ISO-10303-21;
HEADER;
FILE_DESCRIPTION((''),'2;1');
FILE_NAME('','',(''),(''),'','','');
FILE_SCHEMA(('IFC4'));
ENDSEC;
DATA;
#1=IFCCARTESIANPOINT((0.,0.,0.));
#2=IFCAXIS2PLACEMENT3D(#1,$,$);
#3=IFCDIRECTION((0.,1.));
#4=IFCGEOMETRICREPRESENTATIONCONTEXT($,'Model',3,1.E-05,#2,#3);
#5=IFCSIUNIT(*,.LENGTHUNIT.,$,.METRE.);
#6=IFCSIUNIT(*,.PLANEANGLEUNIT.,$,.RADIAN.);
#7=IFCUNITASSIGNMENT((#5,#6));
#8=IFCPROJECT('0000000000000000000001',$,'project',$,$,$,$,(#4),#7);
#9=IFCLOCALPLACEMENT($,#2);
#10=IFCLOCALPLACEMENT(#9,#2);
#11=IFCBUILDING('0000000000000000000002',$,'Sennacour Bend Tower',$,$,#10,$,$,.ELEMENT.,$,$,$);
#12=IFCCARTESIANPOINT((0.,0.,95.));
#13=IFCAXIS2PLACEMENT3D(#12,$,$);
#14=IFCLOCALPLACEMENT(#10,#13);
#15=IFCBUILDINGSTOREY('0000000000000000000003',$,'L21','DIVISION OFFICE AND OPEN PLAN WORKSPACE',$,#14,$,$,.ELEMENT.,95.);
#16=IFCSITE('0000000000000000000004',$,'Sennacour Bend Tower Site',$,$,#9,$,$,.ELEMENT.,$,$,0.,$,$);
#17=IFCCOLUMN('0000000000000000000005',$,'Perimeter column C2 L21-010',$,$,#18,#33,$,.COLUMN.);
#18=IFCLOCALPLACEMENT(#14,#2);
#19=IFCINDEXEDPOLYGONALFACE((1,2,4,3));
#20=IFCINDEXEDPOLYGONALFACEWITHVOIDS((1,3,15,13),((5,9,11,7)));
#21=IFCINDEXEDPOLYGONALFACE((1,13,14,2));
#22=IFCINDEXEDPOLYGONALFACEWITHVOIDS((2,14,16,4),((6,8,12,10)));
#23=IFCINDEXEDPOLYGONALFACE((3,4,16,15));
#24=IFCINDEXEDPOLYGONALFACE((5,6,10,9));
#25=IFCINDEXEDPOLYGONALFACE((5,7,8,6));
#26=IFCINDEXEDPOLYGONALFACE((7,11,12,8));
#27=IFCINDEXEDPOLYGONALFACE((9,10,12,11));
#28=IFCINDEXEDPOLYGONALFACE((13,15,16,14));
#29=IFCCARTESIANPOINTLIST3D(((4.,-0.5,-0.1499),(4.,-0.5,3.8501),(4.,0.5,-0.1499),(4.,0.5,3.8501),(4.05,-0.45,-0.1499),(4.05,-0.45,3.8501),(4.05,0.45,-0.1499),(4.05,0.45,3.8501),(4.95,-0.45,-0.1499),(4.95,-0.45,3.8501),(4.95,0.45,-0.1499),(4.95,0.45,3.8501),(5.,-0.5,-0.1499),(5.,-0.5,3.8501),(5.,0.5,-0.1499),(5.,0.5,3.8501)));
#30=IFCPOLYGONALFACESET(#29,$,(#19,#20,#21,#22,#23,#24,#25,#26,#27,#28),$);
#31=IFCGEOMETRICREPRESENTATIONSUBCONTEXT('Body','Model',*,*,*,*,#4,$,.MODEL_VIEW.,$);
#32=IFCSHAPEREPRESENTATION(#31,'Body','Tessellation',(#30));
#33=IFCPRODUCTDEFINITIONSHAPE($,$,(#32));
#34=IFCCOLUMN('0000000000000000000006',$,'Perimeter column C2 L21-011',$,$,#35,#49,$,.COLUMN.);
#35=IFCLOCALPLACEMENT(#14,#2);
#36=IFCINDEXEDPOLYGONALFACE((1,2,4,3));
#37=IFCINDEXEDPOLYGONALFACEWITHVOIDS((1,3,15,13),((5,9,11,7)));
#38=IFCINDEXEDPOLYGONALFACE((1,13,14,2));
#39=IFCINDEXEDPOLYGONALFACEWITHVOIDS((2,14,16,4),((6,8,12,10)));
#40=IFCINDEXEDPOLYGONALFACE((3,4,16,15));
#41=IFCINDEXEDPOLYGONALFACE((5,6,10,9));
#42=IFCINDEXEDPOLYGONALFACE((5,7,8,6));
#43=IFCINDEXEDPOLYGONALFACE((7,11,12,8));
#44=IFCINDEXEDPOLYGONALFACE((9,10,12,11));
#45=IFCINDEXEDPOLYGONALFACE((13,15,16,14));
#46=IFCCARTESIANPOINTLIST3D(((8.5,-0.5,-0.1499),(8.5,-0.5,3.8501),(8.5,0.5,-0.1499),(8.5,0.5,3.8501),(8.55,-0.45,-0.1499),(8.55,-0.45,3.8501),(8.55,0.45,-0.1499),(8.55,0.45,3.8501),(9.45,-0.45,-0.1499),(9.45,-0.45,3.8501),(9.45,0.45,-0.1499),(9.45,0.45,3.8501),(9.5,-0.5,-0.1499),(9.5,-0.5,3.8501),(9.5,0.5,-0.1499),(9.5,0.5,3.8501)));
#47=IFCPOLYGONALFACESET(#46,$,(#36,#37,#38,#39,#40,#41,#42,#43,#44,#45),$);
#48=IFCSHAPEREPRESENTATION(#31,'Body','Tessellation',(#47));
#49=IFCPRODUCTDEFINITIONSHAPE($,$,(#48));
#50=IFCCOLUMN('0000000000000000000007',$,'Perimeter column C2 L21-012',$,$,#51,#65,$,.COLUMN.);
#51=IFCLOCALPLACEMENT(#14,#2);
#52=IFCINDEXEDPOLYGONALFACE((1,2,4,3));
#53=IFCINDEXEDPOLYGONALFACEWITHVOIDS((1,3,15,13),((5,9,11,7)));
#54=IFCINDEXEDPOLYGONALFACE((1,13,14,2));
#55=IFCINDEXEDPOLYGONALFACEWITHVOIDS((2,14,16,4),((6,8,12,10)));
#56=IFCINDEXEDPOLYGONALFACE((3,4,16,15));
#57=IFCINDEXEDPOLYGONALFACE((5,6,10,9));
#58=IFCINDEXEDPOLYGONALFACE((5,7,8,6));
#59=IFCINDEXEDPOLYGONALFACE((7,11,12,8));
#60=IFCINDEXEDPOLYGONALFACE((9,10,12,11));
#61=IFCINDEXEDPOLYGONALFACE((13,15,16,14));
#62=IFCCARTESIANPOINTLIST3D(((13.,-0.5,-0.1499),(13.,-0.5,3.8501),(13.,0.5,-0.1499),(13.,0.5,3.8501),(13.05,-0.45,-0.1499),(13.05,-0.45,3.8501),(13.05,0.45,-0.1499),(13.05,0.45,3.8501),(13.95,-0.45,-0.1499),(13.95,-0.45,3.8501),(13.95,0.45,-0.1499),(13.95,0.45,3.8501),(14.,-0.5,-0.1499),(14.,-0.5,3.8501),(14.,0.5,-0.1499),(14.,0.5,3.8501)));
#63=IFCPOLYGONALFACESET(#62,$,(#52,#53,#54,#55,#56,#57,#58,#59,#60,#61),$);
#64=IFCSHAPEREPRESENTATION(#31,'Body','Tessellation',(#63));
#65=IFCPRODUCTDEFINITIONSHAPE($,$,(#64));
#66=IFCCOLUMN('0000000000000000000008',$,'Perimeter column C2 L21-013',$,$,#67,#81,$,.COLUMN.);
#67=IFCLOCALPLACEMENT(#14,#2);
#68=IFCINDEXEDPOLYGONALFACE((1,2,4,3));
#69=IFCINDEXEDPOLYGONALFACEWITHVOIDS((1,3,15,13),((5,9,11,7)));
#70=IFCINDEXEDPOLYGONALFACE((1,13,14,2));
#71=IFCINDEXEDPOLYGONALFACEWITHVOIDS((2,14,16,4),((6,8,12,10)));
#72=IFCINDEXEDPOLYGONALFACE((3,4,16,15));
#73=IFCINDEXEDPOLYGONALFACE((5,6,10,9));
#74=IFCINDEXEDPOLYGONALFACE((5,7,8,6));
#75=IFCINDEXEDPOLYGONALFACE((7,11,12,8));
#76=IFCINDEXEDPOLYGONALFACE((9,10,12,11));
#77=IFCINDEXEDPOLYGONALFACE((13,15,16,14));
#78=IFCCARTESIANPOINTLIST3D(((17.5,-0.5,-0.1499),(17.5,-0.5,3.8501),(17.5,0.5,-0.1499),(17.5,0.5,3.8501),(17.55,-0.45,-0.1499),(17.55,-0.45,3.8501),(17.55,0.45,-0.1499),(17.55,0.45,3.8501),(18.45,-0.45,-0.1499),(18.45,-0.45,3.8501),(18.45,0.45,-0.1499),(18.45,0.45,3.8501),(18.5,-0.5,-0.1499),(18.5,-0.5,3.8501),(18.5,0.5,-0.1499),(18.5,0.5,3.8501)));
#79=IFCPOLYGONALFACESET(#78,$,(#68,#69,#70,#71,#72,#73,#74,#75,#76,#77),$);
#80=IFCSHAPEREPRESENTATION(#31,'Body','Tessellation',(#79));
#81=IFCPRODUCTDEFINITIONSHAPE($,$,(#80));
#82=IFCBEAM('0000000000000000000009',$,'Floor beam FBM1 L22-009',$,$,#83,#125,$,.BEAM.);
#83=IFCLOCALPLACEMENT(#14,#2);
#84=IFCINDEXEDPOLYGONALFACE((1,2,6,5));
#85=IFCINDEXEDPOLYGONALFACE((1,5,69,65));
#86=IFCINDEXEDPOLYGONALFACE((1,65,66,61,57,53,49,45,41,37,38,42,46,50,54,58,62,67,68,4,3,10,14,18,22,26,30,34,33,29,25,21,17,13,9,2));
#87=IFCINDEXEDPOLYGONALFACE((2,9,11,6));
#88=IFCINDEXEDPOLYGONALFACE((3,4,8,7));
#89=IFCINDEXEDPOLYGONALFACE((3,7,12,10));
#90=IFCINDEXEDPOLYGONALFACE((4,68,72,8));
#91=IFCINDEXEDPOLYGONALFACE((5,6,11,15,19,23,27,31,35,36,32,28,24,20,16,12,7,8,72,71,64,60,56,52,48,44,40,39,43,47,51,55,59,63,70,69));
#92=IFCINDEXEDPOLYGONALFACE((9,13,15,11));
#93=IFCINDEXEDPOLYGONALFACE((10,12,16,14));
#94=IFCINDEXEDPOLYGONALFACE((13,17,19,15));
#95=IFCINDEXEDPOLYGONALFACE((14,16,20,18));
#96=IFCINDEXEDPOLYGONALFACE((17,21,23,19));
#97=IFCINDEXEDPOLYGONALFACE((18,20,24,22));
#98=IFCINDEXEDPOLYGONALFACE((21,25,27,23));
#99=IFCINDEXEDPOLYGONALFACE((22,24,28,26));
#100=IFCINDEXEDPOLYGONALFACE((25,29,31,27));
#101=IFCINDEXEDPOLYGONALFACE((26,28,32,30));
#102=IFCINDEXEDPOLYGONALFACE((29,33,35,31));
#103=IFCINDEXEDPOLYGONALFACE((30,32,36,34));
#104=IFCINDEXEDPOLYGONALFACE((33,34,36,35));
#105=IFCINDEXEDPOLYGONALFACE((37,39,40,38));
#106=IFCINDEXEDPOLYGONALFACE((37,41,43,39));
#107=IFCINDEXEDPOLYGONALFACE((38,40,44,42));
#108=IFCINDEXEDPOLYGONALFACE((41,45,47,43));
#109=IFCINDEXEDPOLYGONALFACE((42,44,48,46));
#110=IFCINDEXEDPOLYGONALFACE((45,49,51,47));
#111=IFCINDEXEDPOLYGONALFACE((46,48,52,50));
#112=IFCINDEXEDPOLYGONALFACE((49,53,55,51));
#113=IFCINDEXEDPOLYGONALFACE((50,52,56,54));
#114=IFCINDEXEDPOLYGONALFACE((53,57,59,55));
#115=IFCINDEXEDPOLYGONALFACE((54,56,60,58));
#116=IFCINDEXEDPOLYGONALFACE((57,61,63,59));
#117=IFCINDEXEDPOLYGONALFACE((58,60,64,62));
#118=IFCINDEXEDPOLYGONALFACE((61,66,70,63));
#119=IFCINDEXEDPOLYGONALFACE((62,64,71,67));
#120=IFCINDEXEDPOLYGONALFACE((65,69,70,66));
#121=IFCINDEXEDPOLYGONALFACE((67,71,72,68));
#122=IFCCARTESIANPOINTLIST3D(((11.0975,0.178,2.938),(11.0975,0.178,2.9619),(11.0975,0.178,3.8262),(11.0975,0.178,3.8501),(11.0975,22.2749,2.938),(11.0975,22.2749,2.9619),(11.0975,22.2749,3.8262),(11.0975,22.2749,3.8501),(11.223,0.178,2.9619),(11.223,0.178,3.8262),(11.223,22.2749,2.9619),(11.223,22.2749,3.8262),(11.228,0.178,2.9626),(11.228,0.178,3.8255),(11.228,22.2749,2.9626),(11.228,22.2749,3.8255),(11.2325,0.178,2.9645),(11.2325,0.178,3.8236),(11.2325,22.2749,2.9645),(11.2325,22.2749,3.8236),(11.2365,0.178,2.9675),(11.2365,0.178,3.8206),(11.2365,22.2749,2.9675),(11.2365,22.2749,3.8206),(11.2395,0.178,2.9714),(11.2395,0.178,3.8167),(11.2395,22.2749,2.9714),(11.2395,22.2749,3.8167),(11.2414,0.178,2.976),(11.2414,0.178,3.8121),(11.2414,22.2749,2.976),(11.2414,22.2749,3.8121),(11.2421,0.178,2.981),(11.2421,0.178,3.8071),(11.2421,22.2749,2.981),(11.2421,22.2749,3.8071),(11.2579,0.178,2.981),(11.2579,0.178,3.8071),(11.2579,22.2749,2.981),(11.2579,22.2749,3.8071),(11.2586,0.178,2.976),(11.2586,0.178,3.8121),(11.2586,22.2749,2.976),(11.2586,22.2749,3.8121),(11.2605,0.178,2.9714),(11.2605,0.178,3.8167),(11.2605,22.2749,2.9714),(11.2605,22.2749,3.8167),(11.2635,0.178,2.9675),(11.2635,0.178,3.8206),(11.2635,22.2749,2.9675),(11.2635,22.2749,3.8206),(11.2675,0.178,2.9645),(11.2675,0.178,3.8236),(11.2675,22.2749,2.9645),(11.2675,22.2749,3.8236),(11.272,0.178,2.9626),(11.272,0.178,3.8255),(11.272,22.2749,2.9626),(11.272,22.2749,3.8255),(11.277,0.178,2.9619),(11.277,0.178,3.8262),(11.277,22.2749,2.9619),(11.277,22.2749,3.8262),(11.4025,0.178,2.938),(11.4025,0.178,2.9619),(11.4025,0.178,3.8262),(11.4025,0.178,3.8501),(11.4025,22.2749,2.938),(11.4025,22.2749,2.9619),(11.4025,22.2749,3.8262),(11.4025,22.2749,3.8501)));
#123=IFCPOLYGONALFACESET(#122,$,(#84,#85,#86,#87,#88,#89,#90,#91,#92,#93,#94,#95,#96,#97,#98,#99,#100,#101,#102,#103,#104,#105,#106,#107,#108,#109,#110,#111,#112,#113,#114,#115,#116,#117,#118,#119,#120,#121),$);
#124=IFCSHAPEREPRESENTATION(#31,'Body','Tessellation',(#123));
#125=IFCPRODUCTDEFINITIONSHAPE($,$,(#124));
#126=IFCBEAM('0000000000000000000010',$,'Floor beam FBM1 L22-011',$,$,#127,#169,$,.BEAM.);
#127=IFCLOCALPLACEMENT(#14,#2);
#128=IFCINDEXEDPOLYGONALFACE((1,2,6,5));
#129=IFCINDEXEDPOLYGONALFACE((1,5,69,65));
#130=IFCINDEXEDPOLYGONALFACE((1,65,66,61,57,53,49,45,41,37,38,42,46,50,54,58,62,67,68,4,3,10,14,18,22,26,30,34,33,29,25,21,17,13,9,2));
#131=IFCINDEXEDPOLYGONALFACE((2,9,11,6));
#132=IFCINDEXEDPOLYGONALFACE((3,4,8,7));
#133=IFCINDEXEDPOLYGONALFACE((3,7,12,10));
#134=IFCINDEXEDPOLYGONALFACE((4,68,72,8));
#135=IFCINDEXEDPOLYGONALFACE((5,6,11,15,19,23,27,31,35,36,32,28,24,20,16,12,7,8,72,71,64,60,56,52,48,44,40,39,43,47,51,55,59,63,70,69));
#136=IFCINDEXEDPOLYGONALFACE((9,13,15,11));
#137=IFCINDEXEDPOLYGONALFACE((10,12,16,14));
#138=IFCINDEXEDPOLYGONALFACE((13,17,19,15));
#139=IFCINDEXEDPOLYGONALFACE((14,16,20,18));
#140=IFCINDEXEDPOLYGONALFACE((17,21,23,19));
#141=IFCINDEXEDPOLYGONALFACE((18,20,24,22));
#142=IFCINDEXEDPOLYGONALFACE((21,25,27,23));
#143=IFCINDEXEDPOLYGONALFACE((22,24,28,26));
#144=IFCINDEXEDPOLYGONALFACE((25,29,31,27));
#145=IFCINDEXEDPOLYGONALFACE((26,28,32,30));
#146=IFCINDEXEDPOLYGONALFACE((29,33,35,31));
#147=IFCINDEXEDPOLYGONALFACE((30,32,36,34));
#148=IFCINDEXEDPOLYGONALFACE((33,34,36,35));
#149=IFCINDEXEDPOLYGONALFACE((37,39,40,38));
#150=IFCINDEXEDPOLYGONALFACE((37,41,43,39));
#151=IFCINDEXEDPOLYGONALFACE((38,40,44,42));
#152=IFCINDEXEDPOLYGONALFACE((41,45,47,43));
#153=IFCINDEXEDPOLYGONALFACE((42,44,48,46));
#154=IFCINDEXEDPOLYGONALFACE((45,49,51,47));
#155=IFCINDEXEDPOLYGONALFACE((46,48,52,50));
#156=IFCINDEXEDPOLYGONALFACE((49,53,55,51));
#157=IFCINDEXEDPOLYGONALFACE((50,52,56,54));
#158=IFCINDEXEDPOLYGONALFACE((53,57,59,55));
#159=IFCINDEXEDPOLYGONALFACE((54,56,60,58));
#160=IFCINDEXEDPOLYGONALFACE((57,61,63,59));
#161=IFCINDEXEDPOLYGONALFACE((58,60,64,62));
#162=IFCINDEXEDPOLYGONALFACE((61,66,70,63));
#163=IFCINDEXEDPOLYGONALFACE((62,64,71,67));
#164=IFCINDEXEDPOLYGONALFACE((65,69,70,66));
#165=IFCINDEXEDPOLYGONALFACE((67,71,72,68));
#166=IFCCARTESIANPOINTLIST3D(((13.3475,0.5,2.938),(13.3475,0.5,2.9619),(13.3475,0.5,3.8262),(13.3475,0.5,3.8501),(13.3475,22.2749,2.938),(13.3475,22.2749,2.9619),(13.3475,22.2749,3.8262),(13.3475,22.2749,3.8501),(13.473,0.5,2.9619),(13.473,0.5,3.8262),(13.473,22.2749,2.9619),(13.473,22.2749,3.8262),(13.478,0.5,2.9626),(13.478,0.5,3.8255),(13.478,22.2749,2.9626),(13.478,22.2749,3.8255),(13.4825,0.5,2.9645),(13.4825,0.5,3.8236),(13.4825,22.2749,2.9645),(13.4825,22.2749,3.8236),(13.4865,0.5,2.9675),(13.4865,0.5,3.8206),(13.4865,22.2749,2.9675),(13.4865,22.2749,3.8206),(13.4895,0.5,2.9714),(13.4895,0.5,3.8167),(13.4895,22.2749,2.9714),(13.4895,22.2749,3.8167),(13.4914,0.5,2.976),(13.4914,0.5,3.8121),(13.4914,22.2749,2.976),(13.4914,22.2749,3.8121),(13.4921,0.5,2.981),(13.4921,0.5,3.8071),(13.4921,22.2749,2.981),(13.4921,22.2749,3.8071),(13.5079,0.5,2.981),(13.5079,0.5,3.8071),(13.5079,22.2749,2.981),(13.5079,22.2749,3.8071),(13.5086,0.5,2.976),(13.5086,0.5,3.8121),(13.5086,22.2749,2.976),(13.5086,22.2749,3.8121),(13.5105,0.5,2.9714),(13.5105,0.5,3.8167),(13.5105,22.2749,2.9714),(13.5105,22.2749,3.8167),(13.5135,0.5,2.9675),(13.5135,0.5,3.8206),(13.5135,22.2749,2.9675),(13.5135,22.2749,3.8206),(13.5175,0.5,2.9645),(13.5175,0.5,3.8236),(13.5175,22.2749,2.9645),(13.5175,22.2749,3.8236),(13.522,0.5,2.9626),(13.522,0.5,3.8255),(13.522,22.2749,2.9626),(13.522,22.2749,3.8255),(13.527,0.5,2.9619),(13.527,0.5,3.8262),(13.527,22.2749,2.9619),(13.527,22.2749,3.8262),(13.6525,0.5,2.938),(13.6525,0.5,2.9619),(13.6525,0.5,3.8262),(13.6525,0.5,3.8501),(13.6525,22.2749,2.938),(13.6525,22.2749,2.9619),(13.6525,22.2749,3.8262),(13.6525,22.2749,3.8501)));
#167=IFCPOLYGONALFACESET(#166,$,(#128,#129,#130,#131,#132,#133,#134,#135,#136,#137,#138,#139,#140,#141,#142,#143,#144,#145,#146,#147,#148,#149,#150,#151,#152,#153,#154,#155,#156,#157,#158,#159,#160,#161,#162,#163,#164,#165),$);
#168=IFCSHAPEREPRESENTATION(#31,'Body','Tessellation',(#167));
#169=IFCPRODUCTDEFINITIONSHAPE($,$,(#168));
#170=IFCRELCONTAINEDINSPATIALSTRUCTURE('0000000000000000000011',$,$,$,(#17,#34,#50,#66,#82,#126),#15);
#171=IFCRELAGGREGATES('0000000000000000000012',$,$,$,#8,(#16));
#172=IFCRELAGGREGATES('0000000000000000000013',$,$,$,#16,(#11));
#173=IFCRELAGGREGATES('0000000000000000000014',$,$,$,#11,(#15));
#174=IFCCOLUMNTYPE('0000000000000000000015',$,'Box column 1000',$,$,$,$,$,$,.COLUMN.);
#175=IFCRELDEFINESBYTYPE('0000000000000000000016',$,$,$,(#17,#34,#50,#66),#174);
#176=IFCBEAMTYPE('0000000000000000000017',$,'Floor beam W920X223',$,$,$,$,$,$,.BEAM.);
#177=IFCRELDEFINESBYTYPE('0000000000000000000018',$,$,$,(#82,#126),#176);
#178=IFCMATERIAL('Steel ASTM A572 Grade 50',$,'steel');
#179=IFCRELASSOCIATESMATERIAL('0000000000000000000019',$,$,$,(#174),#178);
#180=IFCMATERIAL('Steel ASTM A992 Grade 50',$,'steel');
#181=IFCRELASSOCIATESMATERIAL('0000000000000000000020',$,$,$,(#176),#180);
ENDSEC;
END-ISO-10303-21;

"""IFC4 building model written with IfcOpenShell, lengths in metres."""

from ifc_helpers import new_model, si_unit, direction, frame, origin, origin_2d, place, context, subcontext, project, spatial, hollow_rectangle, i_section, extrude, material, material_profile, profile_set, type_object, element, save


model = new_model("IFC4")

# Units and contexts
model_context = context("Model", 3, precision=1e-05, world=origin(), true_north=direction((0.0, 1.0)))
body_context = subcontext(model_context, "Body", "Model", "MODEL_VIEW")
ifc_project = project(units=[si_unit("LENGTHUNIT", "METRE"), si_unit("PLANEANGLEUNIT", "RADIAN")], contexts=[model_context])

# Site, building, storey
site_placement = place(None, origin())
site = spatial("IfcSite", under=ifc_project, at=site_placement, Name="Sennacour Bend Tower Site", CompositionType="ELEMENT", RefElevation=0.0)
building_placement = place(site_placement, origin())
building = spatial("IfcBuilding", under=site, at=building_placement, Name="Sennacour Bend Tower", CompositionType="ELEMENT")
storey_placement = place(building_placement, frame((0.0, 0.0, 95.0)))
storey = spatial("IfcBuildingStorey", under=building, at=storey_placement, Name="L21", Description="DIVISION OFFICE AND OPEN PLAN WORKSPACE", CompositionType="ELEMENT", Elevation=95.0)

# Columns
ifc_material_1 = material(Name="Steel ASTM A572 Grade 50", Category="steel")
ifc_material_profile_1 = material_profile(ifc_material_1, hollow_rectangle(XDim=1.0, YDim=1.0, WallThickness=0.05, at=origin_2d()), Name="Steel ASTM A572 Grade 50", Category="steel")
ifc_profile_set_1 = profile_set([ifc_material_profile_1], Name="Steel ASTM A572 Grade 50")
column_type = type_object("IfcColumnType", Name="Box column 1000", PredefinedType="COLUMN", material=ifc_profile_set_1)
for number, where, z_axis, x_axis, name in (
    (1, (4.5, 0.0, -0.1499), (0.0, 0.0, 1.0), (1.0, 0.0, 0.0), "Perimeter column C2 L21-010"),
    (2, (9.0, 0.0, -0.1499), (0.0, 0.0, 1.0), (1.0, 0.0, 0.0), "Perimeter column C2 L21-011"),
    (3, (13.5, 0.0, -0.1499), (0.0, 0.0, 1.0), (1.0, 0.0, 0.0), "Perimeter column C2 L21-012"),
    (4, (18.0, 0.0, -0.1499), (0.0, 0.0, 1.0), (1.0, 0.0, 0.0), "Perimeter column C2 L21-013"),
):
    element("IfcColumn", number, at=place(storey_placement, frame(where, z_axis=z_axis, x_axis=x_axis)), inside=storey, type_object=column_type, Name=name, PredefinedType="COLUMN", context=body_context, shape_type="SweptSolid", body=[
        extrude(hollow_rectangle(XDim=1.0, YDim=1.0, WallThickness=0.05, at=origin_2d()), origin(), (0.0, 0.0, 1.0), 4.0),
    ])

# Beams
ifc_material_2 = material(Name="Steel ASTM A992 Grade 50", Category="steel")
ifc_material_profile_2 = material_profile(ifc_material_2, i_section(OverallWidth=0.3049, OverallDepth=0.9121, WebThickness=0.0159, FlangeThickness=0.0239, FilletRadius=0.019, at=origin_2d()), Name="Steel ASTM A992 Grade 50", Category="steel")
ifc_profile_set_2 = profile_set([ifc_material_profile_2], Name="Steel ASTM A992 Grade 50")
beam_type_1 = type_object("IfcBeamType", Name="Floor beam W920X223", PredefinedType="BEAM", material=ifc_profile_set_2)
beam_1_placement = place(storey_placement, frame((11.25, 0.178, 3.394), z_axis=(0.0, 1.0, 0.0), x_axis=(-1.0, 0.0, 0.0)))
element("IfcBeam", 5, at=beam_1_placement, inside=storey, type_object=beam_type_1, Name="Floor beam FBM1 L22-009", PredefinedType="BEAM", context=body_context, shape_type="SweptSolid", body=[
    extrude(i_section(OverallWidth=0.3049, OverallDepth=0.9121, WebThickness=0.0159, FlangeThickness=0.0239, FilletRadius=0.019, at=origin_2d()), origin(), (0.0, 0.0, 1.0), 22.0969),
])
beam_2_placement = place(storey_placement, frame((13.5, 0.5, 3.394), z_axis=(0.0, 1.0, 0.0), x_axis=(-1.0, 0.0, 0.0)))
element("IfcBeam", 6, at=beam_2_placement, inside=storey, type_object=beam_type_1, Name="Floor beam FBM1 L22-011", PredefinedType="BEAM", context=body_context, shape_type="SweptSolid", body=[
    extrude(i_section(OverallWidth=0.3049, OverallDepth=0.9121, WebThickness=0.0159, FlangeThickness=0.0239, FilletRadius=0.019, at=origin_2d()), origin(), (0.0, 0.0, 1.0), 21.7749),
])

save(model, "model.ifc")
